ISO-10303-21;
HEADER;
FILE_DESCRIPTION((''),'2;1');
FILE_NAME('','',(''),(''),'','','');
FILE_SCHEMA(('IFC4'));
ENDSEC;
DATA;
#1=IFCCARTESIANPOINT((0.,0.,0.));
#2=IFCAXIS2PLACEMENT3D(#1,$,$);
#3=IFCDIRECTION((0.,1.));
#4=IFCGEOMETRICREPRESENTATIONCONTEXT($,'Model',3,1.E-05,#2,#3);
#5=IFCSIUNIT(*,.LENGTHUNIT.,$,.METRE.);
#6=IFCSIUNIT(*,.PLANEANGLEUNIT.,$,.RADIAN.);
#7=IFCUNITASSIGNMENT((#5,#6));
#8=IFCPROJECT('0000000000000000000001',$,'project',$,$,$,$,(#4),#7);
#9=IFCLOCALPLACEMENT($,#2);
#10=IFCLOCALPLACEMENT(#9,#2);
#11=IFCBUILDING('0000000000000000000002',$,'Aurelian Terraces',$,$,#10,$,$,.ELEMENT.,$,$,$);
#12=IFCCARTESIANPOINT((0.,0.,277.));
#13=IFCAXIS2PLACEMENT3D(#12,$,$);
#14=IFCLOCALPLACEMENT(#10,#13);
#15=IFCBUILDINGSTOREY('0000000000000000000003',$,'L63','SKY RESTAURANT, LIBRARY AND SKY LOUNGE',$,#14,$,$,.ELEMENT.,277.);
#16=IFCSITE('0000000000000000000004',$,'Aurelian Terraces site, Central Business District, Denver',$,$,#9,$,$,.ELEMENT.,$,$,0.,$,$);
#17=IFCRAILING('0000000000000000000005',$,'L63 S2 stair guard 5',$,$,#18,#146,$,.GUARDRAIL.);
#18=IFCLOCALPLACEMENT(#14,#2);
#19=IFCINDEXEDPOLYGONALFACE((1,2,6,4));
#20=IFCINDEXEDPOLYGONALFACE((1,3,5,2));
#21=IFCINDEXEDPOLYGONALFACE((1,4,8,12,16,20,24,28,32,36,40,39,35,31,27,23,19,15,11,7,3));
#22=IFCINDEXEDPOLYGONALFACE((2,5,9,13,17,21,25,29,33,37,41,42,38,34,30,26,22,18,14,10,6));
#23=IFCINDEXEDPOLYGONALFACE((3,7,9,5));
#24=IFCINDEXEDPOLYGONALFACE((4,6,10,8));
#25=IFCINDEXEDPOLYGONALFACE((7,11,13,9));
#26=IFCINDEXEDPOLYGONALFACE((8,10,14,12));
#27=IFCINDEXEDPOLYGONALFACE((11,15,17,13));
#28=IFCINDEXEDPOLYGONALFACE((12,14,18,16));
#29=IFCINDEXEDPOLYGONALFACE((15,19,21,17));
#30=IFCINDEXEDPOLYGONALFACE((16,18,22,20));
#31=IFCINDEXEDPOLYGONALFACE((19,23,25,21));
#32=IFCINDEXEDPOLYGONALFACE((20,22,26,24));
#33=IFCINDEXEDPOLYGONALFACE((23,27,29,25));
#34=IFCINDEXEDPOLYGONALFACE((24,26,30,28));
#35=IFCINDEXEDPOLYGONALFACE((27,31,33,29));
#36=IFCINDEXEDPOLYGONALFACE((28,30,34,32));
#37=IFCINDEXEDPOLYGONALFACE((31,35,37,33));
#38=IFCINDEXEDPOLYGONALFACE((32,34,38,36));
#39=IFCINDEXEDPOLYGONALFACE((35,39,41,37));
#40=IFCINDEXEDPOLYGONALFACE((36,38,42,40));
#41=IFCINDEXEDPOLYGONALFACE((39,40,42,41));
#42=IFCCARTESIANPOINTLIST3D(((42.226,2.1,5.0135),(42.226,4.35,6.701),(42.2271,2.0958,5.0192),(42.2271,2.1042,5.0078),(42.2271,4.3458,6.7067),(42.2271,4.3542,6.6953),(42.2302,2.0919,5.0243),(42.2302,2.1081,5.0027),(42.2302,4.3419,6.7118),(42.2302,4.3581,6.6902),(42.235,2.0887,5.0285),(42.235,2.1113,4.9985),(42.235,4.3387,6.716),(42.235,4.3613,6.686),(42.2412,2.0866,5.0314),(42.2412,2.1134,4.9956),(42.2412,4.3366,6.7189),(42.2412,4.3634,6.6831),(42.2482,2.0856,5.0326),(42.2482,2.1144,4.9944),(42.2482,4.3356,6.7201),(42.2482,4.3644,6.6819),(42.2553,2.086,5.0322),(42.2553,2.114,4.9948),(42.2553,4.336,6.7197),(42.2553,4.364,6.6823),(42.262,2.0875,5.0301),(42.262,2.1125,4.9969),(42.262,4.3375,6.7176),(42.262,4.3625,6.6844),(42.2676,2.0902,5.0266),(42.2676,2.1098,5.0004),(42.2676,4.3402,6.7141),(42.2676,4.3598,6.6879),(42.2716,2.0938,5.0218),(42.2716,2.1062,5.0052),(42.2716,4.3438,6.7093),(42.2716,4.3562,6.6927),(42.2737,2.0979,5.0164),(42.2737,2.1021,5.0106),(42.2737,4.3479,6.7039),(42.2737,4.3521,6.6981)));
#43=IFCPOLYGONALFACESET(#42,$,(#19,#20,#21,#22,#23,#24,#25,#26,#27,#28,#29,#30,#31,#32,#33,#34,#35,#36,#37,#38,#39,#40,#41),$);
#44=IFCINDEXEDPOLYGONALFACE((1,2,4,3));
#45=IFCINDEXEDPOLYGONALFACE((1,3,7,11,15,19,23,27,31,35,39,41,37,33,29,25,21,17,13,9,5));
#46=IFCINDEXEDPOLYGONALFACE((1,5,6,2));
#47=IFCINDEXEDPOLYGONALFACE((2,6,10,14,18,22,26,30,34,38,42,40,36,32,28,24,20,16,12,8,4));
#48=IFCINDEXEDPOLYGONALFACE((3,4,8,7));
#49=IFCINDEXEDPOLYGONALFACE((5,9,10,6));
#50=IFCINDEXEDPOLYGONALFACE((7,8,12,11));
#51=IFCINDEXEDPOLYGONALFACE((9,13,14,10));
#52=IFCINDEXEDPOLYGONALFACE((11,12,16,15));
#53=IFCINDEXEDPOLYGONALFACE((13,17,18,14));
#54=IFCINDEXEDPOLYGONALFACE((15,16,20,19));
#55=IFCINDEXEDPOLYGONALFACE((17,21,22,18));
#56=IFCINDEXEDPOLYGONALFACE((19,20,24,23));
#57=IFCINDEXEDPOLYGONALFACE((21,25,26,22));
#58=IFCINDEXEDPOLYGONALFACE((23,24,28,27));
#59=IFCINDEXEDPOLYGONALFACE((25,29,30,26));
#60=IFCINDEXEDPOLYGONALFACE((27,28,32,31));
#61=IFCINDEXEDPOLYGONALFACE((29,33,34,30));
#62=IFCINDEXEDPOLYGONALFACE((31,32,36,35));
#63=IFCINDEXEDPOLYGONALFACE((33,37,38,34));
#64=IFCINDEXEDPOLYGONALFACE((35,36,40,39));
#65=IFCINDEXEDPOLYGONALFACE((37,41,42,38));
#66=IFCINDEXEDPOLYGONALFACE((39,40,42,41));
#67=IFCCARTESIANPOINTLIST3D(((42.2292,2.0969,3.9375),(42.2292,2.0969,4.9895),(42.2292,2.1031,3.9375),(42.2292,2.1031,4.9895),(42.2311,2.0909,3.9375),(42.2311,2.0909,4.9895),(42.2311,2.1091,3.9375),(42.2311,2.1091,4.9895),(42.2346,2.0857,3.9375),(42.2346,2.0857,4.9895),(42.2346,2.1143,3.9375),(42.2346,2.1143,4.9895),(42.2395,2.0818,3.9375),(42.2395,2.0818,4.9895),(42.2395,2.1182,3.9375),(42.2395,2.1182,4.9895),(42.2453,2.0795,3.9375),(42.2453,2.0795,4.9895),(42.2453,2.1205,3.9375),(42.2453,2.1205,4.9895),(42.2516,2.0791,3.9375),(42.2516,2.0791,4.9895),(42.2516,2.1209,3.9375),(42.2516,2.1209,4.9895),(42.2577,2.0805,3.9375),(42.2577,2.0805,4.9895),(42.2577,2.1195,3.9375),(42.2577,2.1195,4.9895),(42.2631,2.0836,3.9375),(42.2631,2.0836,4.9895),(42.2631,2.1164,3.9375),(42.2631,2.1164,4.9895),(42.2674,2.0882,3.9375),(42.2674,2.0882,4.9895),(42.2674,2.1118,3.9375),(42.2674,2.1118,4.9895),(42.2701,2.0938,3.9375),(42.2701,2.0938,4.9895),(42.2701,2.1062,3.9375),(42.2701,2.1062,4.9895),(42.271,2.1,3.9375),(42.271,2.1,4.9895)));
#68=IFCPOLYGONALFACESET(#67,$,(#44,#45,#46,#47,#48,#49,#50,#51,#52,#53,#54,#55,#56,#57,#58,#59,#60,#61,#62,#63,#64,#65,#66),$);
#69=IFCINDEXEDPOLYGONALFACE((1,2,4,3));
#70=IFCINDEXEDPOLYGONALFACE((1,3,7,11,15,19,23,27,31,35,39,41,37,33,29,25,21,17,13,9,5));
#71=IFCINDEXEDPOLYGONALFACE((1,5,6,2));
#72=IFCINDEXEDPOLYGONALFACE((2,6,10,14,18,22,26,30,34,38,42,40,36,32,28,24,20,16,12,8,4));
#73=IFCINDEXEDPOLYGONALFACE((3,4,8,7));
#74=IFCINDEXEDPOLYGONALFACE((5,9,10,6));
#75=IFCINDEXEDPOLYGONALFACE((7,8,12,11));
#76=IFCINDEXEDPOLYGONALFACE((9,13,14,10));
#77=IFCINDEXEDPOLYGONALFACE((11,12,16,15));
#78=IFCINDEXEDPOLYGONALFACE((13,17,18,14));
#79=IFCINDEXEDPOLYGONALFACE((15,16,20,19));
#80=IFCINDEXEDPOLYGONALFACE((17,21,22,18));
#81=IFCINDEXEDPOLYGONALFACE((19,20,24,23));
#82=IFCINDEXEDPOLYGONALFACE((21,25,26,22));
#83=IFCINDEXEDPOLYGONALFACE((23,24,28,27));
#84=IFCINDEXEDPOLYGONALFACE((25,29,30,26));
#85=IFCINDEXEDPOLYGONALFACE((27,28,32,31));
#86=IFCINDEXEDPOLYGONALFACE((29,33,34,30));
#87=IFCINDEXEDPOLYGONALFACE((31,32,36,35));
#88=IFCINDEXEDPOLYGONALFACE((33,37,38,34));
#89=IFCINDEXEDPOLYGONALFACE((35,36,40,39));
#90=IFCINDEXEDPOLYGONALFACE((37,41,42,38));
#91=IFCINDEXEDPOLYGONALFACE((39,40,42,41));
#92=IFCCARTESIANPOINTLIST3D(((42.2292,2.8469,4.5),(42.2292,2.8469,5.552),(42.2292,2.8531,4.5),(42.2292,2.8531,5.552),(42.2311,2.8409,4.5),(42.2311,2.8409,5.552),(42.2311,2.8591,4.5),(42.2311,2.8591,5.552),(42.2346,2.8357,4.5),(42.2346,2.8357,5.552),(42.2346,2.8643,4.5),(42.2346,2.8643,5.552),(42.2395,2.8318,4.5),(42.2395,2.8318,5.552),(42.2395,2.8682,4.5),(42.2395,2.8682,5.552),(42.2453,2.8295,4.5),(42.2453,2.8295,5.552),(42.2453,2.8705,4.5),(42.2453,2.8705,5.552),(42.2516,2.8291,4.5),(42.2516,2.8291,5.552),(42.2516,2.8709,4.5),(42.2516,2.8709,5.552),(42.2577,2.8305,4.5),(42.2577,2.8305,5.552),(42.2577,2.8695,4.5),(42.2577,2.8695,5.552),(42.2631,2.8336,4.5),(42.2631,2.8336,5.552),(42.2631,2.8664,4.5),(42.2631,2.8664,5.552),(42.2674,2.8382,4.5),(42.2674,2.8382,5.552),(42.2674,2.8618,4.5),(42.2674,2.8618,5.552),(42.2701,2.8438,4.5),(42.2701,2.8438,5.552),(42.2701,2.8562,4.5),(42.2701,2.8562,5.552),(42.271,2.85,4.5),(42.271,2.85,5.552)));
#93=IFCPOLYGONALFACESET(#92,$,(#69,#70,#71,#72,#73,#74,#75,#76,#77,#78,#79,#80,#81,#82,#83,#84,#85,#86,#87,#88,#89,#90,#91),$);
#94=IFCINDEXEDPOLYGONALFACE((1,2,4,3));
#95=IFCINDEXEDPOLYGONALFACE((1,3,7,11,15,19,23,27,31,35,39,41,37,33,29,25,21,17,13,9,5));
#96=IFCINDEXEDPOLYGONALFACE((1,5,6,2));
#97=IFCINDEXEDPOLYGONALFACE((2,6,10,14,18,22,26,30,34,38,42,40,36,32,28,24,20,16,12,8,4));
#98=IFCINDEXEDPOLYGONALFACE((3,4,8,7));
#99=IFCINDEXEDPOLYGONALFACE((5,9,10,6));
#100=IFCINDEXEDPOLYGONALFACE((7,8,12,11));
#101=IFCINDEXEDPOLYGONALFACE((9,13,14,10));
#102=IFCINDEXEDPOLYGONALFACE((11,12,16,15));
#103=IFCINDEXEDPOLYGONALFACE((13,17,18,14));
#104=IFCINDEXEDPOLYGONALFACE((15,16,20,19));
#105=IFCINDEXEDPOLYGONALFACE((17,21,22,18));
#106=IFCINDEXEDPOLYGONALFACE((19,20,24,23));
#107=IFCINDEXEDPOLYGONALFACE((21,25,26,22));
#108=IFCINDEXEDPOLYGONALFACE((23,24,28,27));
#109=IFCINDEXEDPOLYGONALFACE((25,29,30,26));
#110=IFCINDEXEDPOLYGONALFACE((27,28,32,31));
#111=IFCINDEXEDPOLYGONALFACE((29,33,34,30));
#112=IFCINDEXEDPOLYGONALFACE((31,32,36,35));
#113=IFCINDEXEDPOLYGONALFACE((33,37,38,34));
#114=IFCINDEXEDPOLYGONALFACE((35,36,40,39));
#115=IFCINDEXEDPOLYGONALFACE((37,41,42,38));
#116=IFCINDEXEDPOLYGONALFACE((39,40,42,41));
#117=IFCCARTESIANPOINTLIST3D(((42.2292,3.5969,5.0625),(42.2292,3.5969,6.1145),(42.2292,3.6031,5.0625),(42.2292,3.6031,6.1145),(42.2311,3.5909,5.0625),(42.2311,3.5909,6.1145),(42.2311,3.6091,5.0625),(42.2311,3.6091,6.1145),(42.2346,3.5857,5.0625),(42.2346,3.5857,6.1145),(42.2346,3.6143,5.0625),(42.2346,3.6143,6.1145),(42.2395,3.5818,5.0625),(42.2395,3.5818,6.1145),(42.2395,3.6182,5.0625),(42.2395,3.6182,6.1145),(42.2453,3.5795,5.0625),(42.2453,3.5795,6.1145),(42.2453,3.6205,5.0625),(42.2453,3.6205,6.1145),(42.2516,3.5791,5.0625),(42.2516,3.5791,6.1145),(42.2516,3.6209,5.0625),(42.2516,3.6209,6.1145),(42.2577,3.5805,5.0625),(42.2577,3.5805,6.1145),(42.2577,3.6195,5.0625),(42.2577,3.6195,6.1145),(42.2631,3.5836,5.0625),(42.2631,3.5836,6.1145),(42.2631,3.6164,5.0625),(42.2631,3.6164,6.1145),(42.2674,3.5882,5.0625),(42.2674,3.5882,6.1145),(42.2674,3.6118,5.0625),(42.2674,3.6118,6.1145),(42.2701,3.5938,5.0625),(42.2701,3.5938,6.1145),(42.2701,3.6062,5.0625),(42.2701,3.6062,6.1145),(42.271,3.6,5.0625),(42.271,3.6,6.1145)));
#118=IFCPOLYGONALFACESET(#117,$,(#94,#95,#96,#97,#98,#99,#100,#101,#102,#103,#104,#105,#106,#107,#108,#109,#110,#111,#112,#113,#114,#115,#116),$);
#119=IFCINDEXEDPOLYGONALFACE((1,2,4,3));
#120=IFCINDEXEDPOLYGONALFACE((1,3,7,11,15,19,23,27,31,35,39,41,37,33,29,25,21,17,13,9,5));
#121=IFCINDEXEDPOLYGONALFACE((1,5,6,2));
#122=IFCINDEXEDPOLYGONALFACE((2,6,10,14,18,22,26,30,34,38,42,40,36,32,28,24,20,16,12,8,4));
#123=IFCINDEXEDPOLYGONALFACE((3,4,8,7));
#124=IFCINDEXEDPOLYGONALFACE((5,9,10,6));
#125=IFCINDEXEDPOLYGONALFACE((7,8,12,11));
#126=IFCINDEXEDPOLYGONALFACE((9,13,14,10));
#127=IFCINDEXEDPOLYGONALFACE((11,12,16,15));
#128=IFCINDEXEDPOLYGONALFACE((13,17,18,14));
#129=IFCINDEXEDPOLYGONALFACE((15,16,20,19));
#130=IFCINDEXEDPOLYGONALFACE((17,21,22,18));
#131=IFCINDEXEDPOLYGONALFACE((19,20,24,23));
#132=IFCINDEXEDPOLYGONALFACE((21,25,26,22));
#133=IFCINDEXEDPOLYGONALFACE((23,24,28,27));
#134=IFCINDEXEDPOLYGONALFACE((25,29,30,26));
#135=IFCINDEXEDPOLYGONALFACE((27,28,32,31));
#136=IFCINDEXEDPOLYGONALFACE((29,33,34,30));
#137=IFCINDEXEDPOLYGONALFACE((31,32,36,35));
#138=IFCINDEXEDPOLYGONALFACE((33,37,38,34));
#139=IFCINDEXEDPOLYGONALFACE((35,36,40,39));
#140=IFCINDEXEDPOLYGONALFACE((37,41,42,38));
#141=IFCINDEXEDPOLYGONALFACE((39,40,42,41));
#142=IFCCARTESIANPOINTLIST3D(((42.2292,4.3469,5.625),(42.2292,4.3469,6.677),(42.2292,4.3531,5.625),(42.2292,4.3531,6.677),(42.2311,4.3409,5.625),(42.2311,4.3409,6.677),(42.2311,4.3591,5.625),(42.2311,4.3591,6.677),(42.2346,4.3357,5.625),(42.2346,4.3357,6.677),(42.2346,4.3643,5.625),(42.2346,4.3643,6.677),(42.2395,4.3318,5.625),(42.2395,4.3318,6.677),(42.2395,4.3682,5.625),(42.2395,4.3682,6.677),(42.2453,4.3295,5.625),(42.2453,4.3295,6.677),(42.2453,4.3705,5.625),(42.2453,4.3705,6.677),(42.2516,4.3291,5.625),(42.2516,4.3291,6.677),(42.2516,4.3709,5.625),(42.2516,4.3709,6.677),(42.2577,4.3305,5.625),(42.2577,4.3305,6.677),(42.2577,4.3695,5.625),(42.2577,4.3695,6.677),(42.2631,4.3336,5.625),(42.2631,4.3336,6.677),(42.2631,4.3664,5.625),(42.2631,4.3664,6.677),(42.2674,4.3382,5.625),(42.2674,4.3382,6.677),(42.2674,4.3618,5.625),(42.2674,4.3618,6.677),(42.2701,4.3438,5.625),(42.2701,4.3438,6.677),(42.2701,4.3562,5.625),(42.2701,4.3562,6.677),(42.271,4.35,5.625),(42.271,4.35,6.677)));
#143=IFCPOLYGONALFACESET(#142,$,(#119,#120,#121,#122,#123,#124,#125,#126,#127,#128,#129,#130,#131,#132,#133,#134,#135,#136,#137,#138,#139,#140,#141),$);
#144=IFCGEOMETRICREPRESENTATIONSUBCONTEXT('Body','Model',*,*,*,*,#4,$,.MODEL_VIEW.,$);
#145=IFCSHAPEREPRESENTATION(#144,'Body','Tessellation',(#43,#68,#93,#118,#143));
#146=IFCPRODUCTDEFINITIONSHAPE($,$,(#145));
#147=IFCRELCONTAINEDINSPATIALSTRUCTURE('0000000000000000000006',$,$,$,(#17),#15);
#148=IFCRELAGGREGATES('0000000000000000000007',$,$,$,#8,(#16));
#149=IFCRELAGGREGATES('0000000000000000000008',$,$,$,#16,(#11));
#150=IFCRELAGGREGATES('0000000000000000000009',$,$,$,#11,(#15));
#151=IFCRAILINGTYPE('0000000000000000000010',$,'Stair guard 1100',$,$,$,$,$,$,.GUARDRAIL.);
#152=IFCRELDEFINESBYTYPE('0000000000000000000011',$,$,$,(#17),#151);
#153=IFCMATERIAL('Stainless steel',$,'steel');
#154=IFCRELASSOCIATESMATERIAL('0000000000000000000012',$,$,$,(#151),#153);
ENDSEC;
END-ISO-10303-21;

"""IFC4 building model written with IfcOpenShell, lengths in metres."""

from ifc_helpers import new_model, si_unit, direction, frame, origin, origin_2d, place, context, subcontext, project, spatial, circle, extrude, source, transform, mapped, material, type_object, element, save


model = new_model("IFC4")

# Units and contexts
model_context = context("Model", 3, precision=1e-05, world=origin(), true_north=direction((0.0, 1.0)))
body_context = subcontext(model_context, "Body", "Model", "MODEL_VIEW")
ifc_project = project(units=[si_unit("LENGTHUNIT", "METRE"), si_unit("PLANEANGLEUNIT", "RADIAN")], contexts=[model_context])

# Site, building, storey
site_placement = place(None, origin())
site = spatial("IfcSite", under=ifc_project, at=site_placement, Name="Aurelian Terraces site, Central Business District, Denver", CompositionType="ELEMENT", RefElevation=0.0)
building_placement = place(site_placement, origin())
building = spatial("IfcBuilding", under=site, at=building_placement, Name="Aurelian Terraces", CompositionType="ELEMENT")
storey_placement = place(building_placement, frame((0.0, 0.0, 277.0)))
storey = spatial("IfcBuildingStorey", under=building, at=storey_placement, Name="L63", Description="SKY RESTAURANT, LIBRARY AND SKY LOUNGE", CompositionType="ELEMENT", Elevation=277.0)

# Railing
ifc_material_1 = material(Name="Stainless steel", Category="steel")
railing_type_1 = type_object("IfcRailingType", Name="Stair guard 1100", PredefinedType="GUARDRAIL", material=ifc_material_1)
shared_shape_1 = source(origin(), body_context, "Body", "SweptSolid", [
    extrude(circle(Radius=0.024, at=origin_2d()), frame((0.0, 0.0, 1.076), z_axis=(0.0, 0.8, 0.6), x_axis=(-1.0, 0.0, 0.0)), (0.0, 0.0, 1.0), 2.8125),
    extrude(circle(Radius=0.021, at=origin_2d()), origin(), (0.0, 0.0, 1.0), 1.052),
    extrude(circle(Radius=0.021, at=origin_2d()), frame((0.0, 0.75, 0.5625)), (0.0, 0.0, 1.0), 1.052),
    extrude(circle(Radius=0.021, at=origin_2d()), frame((0.0, 1.5, 1.125)), (0.0, 0.0, 1.0), 1.052),
    extrude(circle(Radius=0.021, at=origin_2d()), frame((0.0, 2.25, 1.6875)), (0.0, 0.0, 1.0), 1.052),
])
for number, where, name in (
    (1, (42.25, 2.1, 3.9375), "L63 S2 stair guard 5"),
):
    element("IfcRailing", number, at=place(storey_placement, frame(where)), inside=storey, type_object=railing_type_1, Name=name, PredefinedType="GUARDRAIL", context=body_context, shape_type="MappedRepresentation", body=[
        mapped(shared_shape_1, transform((0.0, 0.0, 0.0), scale=1.0)),
    ])

save(model, "model.ifc")
